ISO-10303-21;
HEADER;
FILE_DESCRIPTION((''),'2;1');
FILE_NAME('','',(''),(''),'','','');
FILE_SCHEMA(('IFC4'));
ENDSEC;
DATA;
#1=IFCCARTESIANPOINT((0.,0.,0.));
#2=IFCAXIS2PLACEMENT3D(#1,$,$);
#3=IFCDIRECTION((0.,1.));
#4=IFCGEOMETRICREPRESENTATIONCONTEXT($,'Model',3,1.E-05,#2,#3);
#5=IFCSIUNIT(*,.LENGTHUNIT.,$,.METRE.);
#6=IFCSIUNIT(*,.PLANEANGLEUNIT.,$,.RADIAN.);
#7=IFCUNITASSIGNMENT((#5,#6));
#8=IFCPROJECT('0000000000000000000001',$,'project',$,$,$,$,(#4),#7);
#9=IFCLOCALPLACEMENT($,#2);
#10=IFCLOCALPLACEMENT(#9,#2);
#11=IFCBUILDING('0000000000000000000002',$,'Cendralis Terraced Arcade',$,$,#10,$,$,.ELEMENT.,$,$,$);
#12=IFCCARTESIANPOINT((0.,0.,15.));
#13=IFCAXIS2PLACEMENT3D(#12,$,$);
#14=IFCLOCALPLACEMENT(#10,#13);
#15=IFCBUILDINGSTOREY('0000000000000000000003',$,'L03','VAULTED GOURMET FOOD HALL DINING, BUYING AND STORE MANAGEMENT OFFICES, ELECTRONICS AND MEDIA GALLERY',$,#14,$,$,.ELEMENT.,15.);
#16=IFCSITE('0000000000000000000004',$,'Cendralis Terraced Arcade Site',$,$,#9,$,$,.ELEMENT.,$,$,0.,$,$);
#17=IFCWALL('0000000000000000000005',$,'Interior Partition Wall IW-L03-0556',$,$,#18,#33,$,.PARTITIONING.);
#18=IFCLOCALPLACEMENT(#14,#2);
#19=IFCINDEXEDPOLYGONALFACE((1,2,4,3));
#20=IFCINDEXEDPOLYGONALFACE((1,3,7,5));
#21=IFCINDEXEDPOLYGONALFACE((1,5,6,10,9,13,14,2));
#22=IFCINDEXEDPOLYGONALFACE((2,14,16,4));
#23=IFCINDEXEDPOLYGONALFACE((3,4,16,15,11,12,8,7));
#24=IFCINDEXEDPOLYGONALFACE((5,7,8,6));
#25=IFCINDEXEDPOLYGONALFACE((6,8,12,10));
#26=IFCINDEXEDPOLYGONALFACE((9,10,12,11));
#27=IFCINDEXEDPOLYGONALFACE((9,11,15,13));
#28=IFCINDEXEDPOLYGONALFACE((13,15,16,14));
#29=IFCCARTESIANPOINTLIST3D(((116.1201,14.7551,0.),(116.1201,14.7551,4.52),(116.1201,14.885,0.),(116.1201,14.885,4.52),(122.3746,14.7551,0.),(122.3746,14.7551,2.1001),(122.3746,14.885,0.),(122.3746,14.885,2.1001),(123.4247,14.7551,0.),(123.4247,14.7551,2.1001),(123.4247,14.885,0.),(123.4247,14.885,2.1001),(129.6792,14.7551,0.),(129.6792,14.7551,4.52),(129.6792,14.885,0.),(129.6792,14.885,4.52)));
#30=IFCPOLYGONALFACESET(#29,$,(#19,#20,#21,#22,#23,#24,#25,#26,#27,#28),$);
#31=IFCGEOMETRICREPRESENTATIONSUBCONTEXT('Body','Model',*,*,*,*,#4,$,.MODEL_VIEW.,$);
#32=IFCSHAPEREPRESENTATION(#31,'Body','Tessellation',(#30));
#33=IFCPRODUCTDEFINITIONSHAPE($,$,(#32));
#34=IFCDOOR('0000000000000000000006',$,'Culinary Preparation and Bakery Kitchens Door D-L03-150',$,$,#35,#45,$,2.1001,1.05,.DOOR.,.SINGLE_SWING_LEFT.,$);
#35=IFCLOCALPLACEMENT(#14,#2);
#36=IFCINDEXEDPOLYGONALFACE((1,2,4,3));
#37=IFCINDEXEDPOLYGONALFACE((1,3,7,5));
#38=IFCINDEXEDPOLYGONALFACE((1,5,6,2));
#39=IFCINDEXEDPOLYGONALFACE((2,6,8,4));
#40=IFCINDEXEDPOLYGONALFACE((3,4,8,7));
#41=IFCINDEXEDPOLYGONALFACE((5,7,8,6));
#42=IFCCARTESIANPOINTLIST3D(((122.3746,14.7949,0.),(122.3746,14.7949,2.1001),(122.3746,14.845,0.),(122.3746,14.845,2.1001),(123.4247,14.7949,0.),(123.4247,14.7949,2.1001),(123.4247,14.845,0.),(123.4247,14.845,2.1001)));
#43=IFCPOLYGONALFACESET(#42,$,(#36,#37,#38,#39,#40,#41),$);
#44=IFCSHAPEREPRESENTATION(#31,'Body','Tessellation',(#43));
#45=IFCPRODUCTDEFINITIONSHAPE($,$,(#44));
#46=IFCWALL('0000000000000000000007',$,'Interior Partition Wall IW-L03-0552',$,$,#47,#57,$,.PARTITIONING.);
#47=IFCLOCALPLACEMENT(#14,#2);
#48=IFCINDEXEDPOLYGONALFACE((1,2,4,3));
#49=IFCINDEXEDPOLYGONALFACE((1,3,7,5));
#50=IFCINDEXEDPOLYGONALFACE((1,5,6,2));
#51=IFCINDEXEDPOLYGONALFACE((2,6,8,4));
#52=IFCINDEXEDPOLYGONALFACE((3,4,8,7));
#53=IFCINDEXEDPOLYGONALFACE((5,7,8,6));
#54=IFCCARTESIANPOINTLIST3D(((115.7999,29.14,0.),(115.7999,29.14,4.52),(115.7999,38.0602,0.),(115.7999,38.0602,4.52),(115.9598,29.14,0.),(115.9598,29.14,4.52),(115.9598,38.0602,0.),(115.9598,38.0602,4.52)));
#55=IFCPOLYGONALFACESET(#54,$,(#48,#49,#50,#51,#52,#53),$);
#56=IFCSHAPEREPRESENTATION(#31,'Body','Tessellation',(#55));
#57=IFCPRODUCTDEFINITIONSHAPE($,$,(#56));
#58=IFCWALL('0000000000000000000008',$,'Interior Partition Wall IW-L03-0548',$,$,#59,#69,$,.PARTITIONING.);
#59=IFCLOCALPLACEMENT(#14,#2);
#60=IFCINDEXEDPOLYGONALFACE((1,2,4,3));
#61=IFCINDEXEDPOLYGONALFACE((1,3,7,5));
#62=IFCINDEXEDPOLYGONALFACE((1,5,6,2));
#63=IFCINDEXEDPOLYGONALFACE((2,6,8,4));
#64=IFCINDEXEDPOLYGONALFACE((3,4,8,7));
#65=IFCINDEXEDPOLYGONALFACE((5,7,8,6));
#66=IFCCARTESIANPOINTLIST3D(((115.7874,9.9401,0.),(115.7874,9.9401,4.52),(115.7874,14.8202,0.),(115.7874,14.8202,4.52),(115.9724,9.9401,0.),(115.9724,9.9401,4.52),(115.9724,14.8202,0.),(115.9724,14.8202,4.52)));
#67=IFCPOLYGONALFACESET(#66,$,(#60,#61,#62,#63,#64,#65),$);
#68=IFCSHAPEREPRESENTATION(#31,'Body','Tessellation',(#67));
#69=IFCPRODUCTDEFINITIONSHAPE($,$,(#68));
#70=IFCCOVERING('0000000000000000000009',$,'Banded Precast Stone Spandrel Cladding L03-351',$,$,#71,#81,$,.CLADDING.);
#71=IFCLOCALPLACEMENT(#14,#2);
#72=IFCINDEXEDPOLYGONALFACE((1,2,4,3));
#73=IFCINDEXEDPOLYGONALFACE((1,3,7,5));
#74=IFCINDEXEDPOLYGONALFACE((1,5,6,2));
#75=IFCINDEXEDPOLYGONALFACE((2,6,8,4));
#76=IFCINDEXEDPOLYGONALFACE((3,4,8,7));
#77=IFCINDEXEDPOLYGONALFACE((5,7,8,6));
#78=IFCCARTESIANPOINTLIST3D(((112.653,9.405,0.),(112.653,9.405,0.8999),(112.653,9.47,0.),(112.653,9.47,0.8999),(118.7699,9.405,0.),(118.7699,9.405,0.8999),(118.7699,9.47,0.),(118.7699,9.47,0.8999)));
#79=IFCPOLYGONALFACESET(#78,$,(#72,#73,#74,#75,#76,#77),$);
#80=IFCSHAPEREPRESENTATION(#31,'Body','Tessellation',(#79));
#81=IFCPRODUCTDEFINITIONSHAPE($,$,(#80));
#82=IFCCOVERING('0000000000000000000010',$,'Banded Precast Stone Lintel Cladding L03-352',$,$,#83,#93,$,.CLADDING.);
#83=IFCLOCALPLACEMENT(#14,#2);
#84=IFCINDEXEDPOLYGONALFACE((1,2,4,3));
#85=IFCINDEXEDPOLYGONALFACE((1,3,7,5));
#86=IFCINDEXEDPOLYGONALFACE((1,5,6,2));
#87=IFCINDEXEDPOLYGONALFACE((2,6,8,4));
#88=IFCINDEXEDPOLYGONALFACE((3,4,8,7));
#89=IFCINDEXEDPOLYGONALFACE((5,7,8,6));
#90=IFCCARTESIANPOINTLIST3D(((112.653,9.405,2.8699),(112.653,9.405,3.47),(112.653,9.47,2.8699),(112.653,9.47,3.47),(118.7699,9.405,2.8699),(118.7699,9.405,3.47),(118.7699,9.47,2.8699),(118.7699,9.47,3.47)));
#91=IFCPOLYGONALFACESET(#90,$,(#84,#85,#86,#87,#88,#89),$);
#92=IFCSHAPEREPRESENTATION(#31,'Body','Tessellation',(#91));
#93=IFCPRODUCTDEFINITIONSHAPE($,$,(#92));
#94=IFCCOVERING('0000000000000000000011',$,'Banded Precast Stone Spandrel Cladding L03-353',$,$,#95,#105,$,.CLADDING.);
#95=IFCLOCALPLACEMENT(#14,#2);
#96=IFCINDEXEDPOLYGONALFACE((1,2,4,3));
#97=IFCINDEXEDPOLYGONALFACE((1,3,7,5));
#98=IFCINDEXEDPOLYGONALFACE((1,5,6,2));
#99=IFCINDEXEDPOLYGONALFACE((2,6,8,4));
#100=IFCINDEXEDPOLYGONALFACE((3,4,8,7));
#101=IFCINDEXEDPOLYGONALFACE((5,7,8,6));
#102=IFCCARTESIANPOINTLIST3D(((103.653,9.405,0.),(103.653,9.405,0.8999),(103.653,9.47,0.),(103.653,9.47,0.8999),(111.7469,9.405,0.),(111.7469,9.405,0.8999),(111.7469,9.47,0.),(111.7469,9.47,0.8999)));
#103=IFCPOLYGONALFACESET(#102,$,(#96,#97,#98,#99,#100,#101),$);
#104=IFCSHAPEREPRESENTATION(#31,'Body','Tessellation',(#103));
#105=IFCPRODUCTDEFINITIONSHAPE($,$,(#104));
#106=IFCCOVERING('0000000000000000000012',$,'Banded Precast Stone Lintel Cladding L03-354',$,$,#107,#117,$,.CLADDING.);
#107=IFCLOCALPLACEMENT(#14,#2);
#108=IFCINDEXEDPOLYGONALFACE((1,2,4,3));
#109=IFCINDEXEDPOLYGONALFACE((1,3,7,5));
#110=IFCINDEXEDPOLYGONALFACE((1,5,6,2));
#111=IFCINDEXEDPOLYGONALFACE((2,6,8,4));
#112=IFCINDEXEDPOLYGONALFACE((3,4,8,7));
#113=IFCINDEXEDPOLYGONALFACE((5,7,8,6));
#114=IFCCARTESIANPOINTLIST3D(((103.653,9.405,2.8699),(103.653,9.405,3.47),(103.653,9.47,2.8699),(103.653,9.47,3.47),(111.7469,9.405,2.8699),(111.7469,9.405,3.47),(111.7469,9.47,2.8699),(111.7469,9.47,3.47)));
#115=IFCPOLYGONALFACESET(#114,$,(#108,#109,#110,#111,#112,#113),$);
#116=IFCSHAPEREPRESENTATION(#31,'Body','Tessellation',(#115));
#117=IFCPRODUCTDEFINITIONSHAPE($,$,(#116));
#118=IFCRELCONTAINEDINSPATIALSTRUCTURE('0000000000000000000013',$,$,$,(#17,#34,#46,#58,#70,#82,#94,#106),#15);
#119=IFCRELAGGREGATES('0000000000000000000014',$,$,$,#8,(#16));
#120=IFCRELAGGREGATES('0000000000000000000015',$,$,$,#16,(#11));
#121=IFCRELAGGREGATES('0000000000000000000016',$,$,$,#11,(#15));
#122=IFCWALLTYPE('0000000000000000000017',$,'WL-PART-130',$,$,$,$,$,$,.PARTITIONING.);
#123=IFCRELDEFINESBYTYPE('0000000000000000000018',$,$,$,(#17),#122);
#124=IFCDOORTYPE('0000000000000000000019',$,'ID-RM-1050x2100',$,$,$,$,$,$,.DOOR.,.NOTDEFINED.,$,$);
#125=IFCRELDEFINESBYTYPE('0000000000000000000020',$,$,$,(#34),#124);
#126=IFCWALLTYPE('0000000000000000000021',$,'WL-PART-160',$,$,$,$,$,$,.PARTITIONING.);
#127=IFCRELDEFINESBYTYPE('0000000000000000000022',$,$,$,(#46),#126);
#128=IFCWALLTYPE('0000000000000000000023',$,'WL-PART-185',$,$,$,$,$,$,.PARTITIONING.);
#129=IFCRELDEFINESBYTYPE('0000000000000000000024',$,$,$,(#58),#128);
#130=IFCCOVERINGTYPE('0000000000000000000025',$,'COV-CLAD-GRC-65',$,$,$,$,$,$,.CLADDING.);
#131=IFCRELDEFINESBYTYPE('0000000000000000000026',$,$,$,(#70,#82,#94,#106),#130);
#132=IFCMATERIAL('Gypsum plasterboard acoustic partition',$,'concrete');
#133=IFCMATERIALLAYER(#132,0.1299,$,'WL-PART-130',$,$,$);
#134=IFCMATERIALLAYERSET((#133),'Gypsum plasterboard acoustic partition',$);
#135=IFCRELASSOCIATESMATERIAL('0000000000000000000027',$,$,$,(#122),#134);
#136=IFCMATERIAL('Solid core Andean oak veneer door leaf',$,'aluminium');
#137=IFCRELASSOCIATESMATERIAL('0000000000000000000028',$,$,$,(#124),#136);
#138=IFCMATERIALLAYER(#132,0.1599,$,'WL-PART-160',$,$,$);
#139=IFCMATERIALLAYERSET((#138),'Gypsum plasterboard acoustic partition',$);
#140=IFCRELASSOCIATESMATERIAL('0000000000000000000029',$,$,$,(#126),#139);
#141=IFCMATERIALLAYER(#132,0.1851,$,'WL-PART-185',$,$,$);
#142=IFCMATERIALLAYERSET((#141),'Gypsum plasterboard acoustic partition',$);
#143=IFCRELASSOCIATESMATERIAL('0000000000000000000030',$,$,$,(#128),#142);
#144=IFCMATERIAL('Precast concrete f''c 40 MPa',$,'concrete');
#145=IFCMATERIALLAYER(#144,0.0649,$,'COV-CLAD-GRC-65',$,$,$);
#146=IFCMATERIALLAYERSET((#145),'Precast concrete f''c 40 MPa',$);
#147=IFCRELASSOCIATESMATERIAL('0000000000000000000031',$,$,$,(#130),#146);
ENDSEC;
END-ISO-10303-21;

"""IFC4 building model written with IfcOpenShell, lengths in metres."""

from ifc_helpers import new_model, si_unit, direction, frame, frame_2d, origin, origin_2d, place, context, subcontext, project, spatial, rectangle, extrude, material, layer, layer_set, type_object, element, fill, save


model = new_model("IFC4")

# Units and contexts
model_context = context("Model", 3, precision=1e-05, world=origin(), true_north=direction((0.0, 1.0)))
body_context = subcontext(model_context, "Body", "Model", "MODEL_VIEW")
ifc_project = project(units=[si_unit("LENGTHUNIT", "METRE"), si_unit("PLANEANGLEUNIT", "RADIAN")], contexts=[model_context])

# Site, building, storey
site_placement = place(None, origin())
site = spatial("IfcSite", under=ifc_project, at=site_placement, Name="Cendralis Terraced Arcade Site", CompositionType="ELEMENT", RefElevation=0.0)
building_placement = place(site_placement, origin())
building = spatial("IfcBuilding", under=site, at=building_placement, Name="Cendralis Terraced Arcade", CompositionType="ELEMENT")
storey_placement = place(building_placement, frame((0.0, 0.0, 15.0)))
storey = spatial("IfcBuildingStorey", under=building, at=storey_placement, Name="L03", Description="VAULTED GOURMET FOOD HALL DINING, BUYING AND STORE MANAGEMENT OFFICES, ELECTRONICS AND MEDIA GALLERY", CompositionType="ELEMENT", Elevation=15.0)

# Wall, opening, door
ifc_material_1 = material(Name="Gypsum plasterboard acoustic partition", Category="concrete")
ifc_layer_1 = layer(ifc_material_1, 0.1299, Name="WL-PART-130")
ifc_layer_set_1 = layer_set([ifc_layer_1], Name="Gypsum plasterboard acoustic partition")
wall_type_1 = type_object("IfcWallType", Name="WL-PART-130", PredefinedType="PARTITIONING", material=ifc_layer_set_1)
wall_1_placement = place(storey_placement, frame((116.1201, 14.8201, 0.0), z_axis=(0.0, 0.0, 1.0), x_axis=(1.0, 0.0, 0.0)))
wall_1 = element("IfcWall", 1, at=wall_1_placement, inside=storey, type_object=wall_type_1, Name="Interior Partition Wall IW-L03-0556", PredefinedType="PARTITIONING", context=body_context, shape_type="SweptSolid", body=[
    extrude(rectangle(XDim=13.5591, YDim=0.1299, at=frame_2d((6.7795, 0.0))), origin(), (0.0, 0.0, 1.0), 4.52),
])
opening_1_placement = place(wall_1_placement, frame((6.2546, 0.0, 0.0)))
opening_1 = element("IfcOpeningElement", 2, at=opening_1_placement, cuts=wall_1, PredefinedType="OPENING", context=body_context, shape_type="SweptSolid", body=[
    extrude(rectangle(XDim=1.05, YDim=2.1001, at=frame_2d((0.5249, 1.05))), frame((0.0, 0.0769, 0.0), z_axis=(0.0, -1.0, 0.0), x_axis=(1.0, 0.0, 0.0)), (0.0, 0.0, 1.0), 0.1538),
])
ifc_material_2 = material(Name="Solid core Andean oak veneer door leaf", Category="aluminium")
door_type_1 = type_object("IfcDoorType", Name="ID-RM-1050x2100", OperationType="NOTDEFINED", PredefinedType="DOOR", material=ifc_material_2)
door_1_placement = place(opening_1_placement, origin())
door_1 = element("IfcDoor", 3, at=door_1_placement, inside=storey, type_object=door_type_1, Name="Culinary Preparation and Bakery Kitchens Door D-L03-150", OperationType="SINGLE_SWING_LEFT", OverallHeight=2.1001, OverallWidth=1.05, PredefinedType="DOOR", context=body_context, shape_type="SweptSolid", body=[
    extrude(rectangle(XDim=1.05, YDim=2.1001, at=frame_2d((0.5249, 1.05))), frame((0.0, 0.0249, 0.0), z_axis=(0.0, -1.0, 0.0), x_axis=(1.0, 0.0, 0.0)), (0.0, 0.0, 1.0), 0.05),
])
fill(opening_1, door_1)

# Walls
ifc_layer_2 = layer(ifc_material_1, 0.1599, Name="WL-PART-160")
ifc_layer_set_2 = layer_set([ifc_layer_2], Name="Gypsum plasterboard acoustic partition")
wall_type_2 = type_object("IfcWallType", Name="WL-PART-160", PredefinedType="PARTITIONING", material=ifc_layer_set_2)
wall_2_placement = place(storey_placement, frame((115.8799, 38.0601, 0.0), z_axis=(0.0, 0.0, 1.0), x_axis=(0.0, -1.0, 0.0)))
element("IfcWall", 4, at=wall_2_placement, inside=storey, type_object=wall_type_2, Name="Interior Partition Wall IW-L03-0552", PredefinedType="PARTITIONING", context=body_context, shape_type="SweptSolid", body=[
    extrude(rectangle(XDim=8.9202, YDim=0.1599, at=frame_2d((4.46, 0.0))), origin(), (0.0, 0.0, 1.0), 4.52),
])
ifc_layer_3 = layer(ifc_material_1, 0.1851, Name="WL-PART-185")
ifc_layer_set_3 = layer_set([ifc_layer_3], Name="Gypsum plasterboard acoustic partition")
wall_type_3 = type_object("IfcWallType", Name="WL-PART-185", PredefinedType="PARTITIONING", material=ifc_layer_set_3)
wall_3_placement = place(storey_placement, frame((115.8799, 14.8201, 0.0), z_axis=(0.0, 0.0, 1.0), x_axis=(0.0, -1.0, 0.0)))
element("IfcWall", 5, at=wall_3_placement, inside=storey, type_object=wall_type_3, Name="Interior Partition Wall IW-L03-0548", PredefinedType="PARTITIONING", context=body_context, shape_type="SweptSolid", body=[
    extrude(rectangle(XDim=4.8801, YDim=0.1851, at=frame_2d((2.4399, 0.0))), origin(), (0.0, 0.0, 1.0), 4.52),
])

# Coverings
ifc_material_3 = material(Name="Precast concrete f'c 40 MPa", Category="concrete")
ifc_layer_4 = layer(ifc_material_3, 0.0649, Name="COV-CLAD-GRC-65")
ifc_layer_set_4 = layer_set([ifc_layer_4], Name="Precast concrete f'c 40 MPa")
covering_type = type_object("IfcCoveringType", Name="COV-CLAD-GRC-65", PredefinedType="CLADDING", material=ifc_layer_set_4)
covering_1_placement = place(storey_placement, frame((115.7114, 9.4375, 0.0), z_axis=(0.0, 0.0, 1.0), x_axis=(-1.0, 0.0, 0.0)))
element("IfcCovering", 6, at=covering_1_placement, inside=storey, type_object=covering_type, Name="Banded Precast Stone Spandrel Cladding L03-351", PredefinedType="CLADDING", context=body_context, shape_type="SweptSolid", body=[
    extrude(rectangle(XDim=6.1169, YDim=0.0649, at=origin_2d()), origin(), (0.0, 0.0, 1.0), 0.8999),
])
covering_2_placement = place(storey_placement, frame((115.7114, 9.4375, 2.8699), z_axis=(0.0, 0.0, 1.0), x_axis=(-1.0, 0.0, 0.0)))
element("IfcCovering", 7, at=covering_2_placement, inside=storey, type_object=covering_type, Name="Banded Precast Stone Lintel Cladding L03-352", PredefinedType="CLADDING", context=body_context, shape_type="SweptSolid", body=[
    extrude(rectangle(XDim=6.1169, YDim=0.0649, at=origin_2d()), origin(), (0.0, 0.0, 1.0), 0.6001),
])
covering_3_placement = place(storey_placement, frame((107.7, 9.4375, 0.0), z_axis=(0.0, 0.0, 1.0), x_axis=(-1.0, 0.0, 0.0)))
element("IfcCovering", 8, at=covering_3_placement, inside=storey, type_object=covering_type, Name="Banded Precast Stone Spandrel Cladding L03-353", PredefinedType="CLADDING", context=body_context, shape_type="SweptSolid", body=[
    extrude(rectangle(XDim=8.094, YDim=0.0649, at=origin_2d()), origin(), (0.0, 0.0, 1.0), 0.8999),
])
covering_4_placement = place(storey_placement, frame((107.7, 9.4375, 2.8699), z_axis=(0.0, 0.0, 1.0), x_axis=(-1.0, 0.0, 0.0)))
element("IfcCovering", 9, at=covering_4_placement, inside=storey, type_object=covering_type, Name="Banded Precast Stone Lintel Cladding L03-354", PredefinedType="CLADDING", context=body_context, shape_type="SweptSolid", body=[
    extrude(rectangle(XDim=8.094, YDim=0.0649, at=origin_2d()), origin(), (0.0, 0.0, 1.0), 0.6001),
])

save(model, "model.ifc")
